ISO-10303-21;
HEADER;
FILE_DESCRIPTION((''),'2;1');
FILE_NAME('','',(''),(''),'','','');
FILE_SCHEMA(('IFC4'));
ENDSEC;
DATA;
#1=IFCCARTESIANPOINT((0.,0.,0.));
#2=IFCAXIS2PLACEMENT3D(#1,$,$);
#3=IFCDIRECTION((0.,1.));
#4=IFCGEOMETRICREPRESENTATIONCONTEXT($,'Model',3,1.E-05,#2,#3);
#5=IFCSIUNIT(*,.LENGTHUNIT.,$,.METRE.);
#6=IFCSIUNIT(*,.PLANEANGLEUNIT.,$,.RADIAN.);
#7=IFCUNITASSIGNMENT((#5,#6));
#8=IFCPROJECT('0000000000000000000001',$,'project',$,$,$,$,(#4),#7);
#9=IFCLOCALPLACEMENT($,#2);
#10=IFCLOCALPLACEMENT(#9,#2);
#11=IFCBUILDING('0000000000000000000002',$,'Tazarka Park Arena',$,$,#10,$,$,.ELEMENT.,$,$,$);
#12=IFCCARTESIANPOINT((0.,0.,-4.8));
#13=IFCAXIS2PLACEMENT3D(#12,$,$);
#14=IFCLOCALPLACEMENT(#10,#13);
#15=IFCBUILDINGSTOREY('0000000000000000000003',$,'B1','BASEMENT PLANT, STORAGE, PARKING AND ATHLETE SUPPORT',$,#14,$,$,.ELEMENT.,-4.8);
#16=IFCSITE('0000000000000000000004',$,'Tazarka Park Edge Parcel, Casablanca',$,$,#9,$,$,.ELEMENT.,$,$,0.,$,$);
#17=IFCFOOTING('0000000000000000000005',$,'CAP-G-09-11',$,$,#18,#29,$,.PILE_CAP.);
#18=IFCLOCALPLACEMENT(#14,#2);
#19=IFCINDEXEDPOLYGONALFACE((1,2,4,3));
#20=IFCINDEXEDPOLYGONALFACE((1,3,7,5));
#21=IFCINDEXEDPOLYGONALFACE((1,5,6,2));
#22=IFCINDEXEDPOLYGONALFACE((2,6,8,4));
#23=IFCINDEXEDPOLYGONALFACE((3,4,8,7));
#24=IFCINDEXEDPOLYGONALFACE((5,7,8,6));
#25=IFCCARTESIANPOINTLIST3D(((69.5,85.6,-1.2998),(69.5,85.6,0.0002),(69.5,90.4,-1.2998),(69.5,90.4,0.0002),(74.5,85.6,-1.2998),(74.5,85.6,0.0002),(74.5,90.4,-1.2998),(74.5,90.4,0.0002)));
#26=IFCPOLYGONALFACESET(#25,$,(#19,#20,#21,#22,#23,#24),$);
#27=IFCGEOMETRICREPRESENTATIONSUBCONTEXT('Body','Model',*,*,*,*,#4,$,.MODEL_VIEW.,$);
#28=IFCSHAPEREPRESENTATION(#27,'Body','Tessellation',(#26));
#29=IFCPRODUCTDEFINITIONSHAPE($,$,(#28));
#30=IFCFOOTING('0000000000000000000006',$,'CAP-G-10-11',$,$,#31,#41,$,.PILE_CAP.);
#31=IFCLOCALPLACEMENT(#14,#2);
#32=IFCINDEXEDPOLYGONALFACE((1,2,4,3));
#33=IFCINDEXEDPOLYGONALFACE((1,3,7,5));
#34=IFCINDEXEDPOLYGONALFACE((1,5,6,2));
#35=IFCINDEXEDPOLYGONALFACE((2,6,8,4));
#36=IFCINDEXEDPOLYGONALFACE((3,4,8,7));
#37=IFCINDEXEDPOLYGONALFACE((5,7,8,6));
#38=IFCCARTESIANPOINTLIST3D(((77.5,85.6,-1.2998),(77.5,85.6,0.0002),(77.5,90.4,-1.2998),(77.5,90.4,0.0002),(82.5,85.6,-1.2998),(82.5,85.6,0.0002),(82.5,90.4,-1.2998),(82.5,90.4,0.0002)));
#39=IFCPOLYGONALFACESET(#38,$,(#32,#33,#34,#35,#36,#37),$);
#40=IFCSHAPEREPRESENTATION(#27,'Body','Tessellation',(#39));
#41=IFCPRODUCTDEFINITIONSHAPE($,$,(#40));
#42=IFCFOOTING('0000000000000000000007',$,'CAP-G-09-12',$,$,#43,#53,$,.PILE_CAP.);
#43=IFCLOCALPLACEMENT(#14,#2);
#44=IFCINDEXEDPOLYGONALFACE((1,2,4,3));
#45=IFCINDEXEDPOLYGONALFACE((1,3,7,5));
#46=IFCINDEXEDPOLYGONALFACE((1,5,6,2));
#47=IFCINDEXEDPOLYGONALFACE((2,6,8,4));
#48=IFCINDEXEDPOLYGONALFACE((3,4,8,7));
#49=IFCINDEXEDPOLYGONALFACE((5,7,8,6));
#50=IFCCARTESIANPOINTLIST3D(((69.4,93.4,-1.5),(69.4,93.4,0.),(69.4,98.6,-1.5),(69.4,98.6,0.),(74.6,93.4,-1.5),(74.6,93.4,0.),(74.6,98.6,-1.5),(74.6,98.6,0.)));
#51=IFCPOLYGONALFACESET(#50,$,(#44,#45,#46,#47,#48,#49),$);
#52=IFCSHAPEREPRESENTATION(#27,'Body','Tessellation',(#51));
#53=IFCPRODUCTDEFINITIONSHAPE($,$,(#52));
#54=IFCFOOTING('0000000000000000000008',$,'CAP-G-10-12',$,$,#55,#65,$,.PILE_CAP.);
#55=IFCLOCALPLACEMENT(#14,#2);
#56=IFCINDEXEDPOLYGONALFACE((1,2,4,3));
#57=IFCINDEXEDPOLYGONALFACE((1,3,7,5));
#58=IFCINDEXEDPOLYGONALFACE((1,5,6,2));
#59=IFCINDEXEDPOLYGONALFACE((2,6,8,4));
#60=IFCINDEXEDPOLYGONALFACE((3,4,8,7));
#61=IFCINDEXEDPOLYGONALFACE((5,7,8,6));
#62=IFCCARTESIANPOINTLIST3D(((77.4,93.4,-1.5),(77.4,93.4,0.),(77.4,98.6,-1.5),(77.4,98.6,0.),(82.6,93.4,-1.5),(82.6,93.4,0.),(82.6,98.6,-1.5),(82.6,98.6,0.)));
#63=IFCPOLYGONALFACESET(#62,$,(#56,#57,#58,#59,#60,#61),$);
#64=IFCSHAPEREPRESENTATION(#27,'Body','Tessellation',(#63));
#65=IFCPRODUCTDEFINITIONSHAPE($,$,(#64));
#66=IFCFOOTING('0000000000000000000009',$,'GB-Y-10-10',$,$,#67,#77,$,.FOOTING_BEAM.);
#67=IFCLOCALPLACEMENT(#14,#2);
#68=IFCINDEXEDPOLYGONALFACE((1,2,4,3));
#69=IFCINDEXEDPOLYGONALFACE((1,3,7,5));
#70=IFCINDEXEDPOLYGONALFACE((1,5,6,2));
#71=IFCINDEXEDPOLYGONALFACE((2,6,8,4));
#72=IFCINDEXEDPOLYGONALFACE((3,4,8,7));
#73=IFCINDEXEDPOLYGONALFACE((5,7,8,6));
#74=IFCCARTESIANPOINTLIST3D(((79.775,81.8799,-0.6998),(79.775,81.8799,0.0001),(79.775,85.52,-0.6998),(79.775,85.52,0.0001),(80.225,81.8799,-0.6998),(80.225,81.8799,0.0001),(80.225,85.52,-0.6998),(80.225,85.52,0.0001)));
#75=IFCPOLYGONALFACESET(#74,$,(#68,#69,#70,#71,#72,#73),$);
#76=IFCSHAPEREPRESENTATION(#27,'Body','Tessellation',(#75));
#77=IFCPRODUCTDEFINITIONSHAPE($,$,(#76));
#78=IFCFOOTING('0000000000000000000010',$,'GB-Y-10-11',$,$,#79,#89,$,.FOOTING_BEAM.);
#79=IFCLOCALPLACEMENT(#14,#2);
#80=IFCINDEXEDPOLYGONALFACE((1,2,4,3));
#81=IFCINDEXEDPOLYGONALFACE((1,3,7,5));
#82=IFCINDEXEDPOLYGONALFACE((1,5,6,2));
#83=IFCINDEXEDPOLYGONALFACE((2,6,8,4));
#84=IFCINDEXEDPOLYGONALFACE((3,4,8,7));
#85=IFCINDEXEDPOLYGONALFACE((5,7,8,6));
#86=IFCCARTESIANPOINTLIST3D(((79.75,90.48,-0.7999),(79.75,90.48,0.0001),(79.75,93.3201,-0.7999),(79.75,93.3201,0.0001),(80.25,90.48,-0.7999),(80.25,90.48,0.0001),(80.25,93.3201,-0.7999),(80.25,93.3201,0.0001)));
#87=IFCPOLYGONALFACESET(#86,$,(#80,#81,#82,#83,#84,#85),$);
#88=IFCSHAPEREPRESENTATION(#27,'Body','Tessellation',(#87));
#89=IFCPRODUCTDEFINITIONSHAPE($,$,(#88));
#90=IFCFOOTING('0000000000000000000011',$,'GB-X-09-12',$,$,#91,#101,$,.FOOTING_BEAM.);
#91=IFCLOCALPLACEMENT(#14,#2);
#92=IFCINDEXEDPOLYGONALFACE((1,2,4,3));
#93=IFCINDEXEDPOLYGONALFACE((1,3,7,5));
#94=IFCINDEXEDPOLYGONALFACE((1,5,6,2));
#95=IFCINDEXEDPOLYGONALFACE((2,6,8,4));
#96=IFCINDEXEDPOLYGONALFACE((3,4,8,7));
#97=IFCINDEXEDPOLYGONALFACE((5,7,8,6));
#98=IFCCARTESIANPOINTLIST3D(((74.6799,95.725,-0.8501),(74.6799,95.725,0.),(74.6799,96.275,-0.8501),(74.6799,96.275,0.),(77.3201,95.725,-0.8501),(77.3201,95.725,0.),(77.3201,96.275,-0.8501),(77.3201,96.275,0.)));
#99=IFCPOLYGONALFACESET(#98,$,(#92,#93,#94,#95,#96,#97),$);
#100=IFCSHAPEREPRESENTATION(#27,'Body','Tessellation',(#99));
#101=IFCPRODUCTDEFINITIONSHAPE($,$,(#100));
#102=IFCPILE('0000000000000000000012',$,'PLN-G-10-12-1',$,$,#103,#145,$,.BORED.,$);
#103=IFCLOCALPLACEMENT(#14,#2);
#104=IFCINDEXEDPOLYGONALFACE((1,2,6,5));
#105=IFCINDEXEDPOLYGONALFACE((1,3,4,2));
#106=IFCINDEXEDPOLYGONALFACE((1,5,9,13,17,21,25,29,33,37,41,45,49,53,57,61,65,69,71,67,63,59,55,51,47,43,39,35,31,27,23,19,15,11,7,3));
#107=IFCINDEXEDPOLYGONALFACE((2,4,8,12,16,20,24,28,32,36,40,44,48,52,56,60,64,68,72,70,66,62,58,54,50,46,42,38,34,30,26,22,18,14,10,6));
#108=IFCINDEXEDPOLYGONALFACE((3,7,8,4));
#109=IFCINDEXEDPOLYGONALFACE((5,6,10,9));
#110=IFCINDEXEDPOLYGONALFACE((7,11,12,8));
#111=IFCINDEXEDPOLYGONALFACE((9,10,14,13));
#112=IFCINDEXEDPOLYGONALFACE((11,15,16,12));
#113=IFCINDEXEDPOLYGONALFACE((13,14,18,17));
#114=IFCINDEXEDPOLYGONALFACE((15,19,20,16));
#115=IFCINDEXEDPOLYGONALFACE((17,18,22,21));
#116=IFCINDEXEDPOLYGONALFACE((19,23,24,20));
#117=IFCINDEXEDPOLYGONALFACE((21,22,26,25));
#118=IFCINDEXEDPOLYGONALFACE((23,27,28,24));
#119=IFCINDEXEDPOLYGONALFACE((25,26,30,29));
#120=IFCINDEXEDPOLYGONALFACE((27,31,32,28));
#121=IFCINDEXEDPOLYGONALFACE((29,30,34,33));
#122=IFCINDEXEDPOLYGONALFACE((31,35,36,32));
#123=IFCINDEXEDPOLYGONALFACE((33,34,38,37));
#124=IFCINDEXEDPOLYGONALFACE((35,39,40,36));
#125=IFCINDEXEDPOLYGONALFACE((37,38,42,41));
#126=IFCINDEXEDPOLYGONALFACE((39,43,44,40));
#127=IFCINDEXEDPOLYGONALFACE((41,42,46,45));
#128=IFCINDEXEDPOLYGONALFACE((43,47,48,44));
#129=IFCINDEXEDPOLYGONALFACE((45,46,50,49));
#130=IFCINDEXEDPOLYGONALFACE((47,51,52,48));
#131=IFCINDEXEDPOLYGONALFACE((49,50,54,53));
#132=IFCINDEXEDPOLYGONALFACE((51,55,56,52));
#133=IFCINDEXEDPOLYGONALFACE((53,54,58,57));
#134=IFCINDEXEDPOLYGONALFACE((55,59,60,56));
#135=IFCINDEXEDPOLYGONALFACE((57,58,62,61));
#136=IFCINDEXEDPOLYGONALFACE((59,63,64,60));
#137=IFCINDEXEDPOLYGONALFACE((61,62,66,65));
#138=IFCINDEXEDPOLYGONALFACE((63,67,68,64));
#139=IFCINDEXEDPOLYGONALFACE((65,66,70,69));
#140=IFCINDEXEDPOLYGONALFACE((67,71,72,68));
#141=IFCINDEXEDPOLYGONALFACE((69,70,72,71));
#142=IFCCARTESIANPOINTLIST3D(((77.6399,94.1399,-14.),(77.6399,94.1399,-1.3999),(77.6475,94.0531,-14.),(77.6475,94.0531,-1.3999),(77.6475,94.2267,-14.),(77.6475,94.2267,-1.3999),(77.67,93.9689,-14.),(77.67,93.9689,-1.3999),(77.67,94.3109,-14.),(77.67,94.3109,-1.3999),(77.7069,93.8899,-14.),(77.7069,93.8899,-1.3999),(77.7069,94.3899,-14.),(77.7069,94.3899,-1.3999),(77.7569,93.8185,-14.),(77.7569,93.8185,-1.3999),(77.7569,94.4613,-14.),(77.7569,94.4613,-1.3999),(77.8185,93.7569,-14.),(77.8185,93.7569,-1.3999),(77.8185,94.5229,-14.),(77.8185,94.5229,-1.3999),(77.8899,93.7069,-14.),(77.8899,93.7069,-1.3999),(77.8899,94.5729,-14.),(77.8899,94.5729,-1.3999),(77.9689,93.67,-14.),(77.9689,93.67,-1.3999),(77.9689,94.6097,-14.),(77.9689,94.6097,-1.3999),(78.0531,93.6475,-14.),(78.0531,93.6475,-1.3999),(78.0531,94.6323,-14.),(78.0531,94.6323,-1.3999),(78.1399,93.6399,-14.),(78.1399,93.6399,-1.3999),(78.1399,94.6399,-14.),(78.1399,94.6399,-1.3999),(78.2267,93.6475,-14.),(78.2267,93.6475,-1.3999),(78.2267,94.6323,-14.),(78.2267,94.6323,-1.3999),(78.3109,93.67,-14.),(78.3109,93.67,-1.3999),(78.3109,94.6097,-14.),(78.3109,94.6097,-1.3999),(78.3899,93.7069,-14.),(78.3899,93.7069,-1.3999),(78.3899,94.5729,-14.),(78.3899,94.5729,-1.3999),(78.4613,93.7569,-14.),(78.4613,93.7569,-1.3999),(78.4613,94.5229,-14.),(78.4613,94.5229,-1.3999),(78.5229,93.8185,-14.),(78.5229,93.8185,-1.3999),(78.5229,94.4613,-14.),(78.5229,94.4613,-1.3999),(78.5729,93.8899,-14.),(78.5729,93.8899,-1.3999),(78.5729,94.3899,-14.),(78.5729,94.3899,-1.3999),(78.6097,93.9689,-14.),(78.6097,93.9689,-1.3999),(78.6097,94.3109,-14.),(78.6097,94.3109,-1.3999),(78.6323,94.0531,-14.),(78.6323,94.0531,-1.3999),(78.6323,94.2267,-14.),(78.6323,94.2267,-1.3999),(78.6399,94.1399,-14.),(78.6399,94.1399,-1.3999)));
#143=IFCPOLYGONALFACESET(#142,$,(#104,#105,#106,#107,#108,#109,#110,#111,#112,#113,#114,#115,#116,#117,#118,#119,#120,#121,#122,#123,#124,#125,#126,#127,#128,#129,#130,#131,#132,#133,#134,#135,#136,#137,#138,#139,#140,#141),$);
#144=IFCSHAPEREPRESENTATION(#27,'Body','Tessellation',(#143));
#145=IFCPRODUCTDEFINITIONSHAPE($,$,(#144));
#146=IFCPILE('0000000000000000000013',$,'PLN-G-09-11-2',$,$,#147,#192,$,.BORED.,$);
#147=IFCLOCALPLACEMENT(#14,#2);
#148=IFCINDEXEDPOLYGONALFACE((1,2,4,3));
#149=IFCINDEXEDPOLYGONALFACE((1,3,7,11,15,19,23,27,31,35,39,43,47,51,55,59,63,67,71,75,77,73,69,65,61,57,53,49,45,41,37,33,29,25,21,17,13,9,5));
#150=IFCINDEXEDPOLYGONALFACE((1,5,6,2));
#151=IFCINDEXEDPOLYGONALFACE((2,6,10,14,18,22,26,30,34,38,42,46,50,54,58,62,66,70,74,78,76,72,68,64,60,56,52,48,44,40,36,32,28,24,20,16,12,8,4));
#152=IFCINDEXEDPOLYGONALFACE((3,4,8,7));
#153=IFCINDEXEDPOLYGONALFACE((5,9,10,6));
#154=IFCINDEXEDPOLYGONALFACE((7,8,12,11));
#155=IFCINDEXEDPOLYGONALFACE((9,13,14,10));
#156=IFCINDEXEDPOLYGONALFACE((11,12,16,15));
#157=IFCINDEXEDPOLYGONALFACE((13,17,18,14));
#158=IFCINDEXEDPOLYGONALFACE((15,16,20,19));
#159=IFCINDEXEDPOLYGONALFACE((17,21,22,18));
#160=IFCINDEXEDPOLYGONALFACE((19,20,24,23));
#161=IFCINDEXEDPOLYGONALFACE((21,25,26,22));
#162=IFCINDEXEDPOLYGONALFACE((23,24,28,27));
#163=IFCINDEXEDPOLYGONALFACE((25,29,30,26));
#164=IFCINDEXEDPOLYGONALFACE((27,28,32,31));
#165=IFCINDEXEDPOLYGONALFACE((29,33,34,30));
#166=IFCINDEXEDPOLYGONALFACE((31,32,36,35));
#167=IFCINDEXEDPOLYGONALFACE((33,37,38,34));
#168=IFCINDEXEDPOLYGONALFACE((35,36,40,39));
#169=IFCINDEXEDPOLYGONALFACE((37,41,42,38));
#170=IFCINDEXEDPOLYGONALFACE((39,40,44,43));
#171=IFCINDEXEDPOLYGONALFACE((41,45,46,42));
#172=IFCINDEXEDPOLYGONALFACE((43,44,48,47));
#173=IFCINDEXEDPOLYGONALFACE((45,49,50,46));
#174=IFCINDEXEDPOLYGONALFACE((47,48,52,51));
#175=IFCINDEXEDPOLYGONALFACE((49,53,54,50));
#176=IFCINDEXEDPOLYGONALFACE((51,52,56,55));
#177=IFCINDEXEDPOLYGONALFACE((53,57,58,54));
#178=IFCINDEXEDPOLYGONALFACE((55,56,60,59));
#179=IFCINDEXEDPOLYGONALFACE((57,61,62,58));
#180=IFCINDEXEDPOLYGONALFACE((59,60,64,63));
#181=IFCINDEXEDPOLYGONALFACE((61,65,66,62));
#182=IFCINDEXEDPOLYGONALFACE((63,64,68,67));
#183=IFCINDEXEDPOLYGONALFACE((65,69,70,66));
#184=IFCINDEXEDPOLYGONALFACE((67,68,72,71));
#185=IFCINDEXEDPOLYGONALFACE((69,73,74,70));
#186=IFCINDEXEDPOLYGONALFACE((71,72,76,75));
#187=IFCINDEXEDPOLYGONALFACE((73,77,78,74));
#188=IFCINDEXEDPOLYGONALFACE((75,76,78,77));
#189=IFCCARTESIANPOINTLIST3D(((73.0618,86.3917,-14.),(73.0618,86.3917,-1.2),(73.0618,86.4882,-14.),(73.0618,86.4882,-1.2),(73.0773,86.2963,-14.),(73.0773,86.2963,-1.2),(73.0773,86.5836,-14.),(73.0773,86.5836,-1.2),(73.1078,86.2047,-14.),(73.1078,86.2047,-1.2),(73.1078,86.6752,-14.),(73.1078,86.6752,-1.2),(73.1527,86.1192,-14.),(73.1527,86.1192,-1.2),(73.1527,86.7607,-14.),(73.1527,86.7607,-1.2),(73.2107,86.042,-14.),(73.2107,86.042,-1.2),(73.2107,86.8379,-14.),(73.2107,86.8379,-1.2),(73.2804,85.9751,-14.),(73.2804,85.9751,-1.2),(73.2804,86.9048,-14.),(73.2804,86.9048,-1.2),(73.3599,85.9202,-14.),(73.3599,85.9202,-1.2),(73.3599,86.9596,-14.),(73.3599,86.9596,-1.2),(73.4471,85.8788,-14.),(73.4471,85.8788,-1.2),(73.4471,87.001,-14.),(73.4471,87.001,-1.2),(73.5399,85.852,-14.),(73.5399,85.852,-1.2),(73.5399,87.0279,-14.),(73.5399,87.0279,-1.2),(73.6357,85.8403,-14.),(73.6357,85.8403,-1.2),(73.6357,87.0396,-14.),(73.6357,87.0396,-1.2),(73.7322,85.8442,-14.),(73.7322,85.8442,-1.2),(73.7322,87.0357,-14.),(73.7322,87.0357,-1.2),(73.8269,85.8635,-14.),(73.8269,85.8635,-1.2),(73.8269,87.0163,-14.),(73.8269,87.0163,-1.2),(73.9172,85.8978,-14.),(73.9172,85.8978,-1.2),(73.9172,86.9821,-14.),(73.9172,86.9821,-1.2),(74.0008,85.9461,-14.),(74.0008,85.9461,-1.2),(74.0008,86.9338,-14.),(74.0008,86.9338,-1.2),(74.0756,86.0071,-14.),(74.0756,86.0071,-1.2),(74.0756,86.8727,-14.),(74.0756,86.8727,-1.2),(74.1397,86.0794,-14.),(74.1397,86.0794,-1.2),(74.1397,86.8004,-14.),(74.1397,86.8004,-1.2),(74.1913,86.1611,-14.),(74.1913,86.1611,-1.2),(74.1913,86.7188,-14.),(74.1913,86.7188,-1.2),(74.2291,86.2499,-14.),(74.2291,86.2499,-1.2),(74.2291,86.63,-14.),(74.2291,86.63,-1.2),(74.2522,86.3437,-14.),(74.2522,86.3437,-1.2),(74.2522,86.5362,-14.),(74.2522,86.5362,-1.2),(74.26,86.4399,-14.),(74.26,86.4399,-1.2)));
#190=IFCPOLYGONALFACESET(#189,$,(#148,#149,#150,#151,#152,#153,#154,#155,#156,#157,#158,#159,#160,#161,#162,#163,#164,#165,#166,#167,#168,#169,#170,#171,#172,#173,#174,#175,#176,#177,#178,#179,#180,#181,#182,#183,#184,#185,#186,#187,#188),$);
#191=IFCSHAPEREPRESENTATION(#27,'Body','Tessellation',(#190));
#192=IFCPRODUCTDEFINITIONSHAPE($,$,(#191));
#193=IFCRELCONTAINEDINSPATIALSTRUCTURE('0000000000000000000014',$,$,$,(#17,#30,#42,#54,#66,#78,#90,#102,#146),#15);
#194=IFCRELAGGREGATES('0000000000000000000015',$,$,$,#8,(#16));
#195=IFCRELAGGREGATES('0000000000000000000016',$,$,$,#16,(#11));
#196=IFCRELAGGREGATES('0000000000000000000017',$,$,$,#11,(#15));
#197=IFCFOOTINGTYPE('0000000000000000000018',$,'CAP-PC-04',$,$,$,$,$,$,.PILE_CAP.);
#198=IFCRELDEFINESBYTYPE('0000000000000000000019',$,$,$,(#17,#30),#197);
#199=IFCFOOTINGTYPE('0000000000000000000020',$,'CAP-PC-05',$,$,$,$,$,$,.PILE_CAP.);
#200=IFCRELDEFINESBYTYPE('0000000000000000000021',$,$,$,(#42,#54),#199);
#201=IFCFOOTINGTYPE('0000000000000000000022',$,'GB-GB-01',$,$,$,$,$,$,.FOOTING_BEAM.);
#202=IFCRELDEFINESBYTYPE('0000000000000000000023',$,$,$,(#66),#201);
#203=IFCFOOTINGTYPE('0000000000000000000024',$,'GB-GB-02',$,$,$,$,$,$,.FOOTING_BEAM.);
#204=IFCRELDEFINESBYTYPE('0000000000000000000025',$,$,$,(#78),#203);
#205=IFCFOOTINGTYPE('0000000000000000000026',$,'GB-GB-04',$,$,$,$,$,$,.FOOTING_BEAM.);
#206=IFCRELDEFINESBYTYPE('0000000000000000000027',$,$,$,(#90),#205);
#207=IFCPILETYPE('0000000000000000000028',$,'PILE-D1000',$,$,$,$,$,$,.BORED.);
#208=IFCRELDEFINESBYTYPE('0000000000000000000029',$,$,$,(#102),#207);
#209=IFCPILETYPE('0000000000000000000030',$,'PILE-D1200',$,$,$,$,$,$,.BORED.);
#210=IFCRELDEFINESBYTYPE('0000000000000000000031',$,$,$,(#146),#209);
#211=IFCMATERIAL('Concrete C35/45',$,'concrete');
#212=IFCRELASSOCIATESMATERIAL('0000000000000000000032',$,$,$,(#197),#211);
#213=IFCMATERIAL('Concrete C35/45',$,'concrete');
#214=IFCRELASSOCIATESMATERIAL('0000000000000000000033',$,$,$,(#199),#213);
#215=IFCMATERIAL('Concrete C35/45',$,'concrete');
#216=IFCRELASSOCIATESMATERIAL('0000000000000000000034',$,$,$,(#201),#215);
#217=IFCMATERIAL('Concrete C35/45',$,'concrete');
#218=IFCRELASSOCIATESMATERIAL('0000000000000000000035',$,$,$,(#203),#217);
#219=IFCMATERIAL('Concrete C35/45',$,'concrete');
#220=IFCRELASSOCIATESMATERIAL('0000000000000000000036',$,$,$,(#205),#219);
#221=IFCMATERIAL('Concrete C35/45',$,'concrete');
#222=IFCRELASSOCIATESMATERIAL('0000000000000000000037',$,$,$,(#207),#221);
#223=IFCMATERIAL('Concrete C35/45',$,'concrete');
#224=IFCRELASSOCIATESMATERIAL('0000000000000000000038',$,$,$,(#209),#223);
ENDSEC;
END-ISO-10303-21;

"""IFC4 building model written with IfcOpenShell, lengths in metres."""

from ifc_helpers import new_model, si_unit, direction, frame, origin, origin_2d, place, context, subcontext, project, spatial, rectangle, circle, extrude, material, material_profile, profile_set, type_object, element, save


model = new_model("IFC4")

# Units and contexts
model_context = context("Model", 3, precision=1e-05, world=origin(), true_north=direction((0.0, 1.0)))
body_context = subcontext(model_context, "Body", "Model", "MODEL_VIEW")
ifc_project = project(units=[si_unit("LENGTHUNIT", "METRE"), si_unit("PLANEANGLEUNIT", "RADIAN")], contexts=[model_context])

# Site, building, storey
site_placement = place(None, origin())
site = spatial("IfcSite", under=ifc_project, at=site_placement, Name="Tazarka Park Edge Parcel, Casablanca", CompositionType="ELEMENT", RefElevation=0.0)
building_placement = place(site_placement, origin())
building = spatial("IfcBuilding", under=site, at=building_placement, Name="Tazarka Park Arena", CompositionType="ELEMENT")
storey_placement = place(building_placement, frame((0.0, 0.0, -4.8)))
storey = spatial("IfcBuildingStorey", under=building, at=storey_placement, Name="B1", Description="BASEMENT PLANT, STORAGE, PARKING AND ATHLETE SUPPORT", CompositionType="ELEMENT", Elevation=-4.8)

# Footings
ifc_material_1 = material(Name="Concrete C35/45", Category="concrete")
footing_type_1 = type_object("IfcFootingType", Name="CAP-PC-04", PredefinedType="PILE_CAP", material=ifc_material_1)
for number, where, z_axis, x_axis, name in (
    (1, (72.0, 88.0, -1.2998), (0.0, 0.0, 1.0), (1.0, 0.0, 0.0), "CAP-G-09-11"),
    (2, (80.0, 88.0, -1.2998), (0.0, 0.0, 1.0), (1.0, 0.0, 0.0), "CAP-G-10-11"),
):
    element("IfcFooting", number, at=place(storey_placement, frame(where, z_axis=z_axis, x_axis=x_axis)), inside=storey, type_object=footing_type_1, Name=name, PredefinedType="PILE_CAP", context=body_context, shape_type="SweptSolid", body=[
        extrude(rectangle(XDim=5.0, YDim=4.8, at=origin_2d()), origin(), (0.0, 0.0, 1.0), 1.3),
    ])
ifc_material_2 = material(Name="Concrete C35/45", Category="concrete")
footing_type_2 = type_object("IfcFootingType", Name="CAP-PC-05", PredefinedType="PILE_CAP", material=ifc_material_2)
for number, where, z_axis, x_axis, name in (
    (3, (72.0, 96.0, -1.5), (0.0, 0.0, 1.0), (1.0, 0.0, 0.0), "CAP-G-09-12"),
    (4, (80.0, 96.0, -1.5), (0.0, 0.0, 1.0), (1.0, 0.0, 0.0), "CAP-G-10-12"),
):
    element("IfcFooting", number, at=place(storey_placement, frame(where, z_axis=z_axis, x_axis=x_axis)), inside=storey, type_object=footing_type_2, Name=name, PredefinedType="PILE_CAP", context=body_context, shape_type="SweptSolid", body=[
        extrude(rectangle(XDim=5.2, YDim=5.2, at=origin_2d()), origin(), (0.0, 0.0, 1.0), 1.5),
    ])
ifc_material_3 = material(Name="Concrete C35/45", Category="concrete")
ifc_material_profile_1 = material_profile(ifc_material_3, rectangle(XDim=0.45, YDim=0.7, at=origin_2d()), Name="Concrete C35/45")
ifc_profile_set_1 = profile_set([ifc_material_profile_1], Name="Concrete C35/45")
footing_type_3 = type_object("IfcFootingType", Name="GB-GB-01", PredefinedType="FOOTING_BEAM", material=ifc_profile_set_1)
footing_1_placement = place(storey_placement, frame((80.0, 81.8799, -0.3499), z_axis=(0.0, 1.0, 0.0), x_axis=(-1.0, 0.0, 0.0)))
element("IfcFooting", 5, at=footing_1_placement, inside=storey, type_object=footing_type_3, Name="GB-Y-10-10", PredefinedType="FOOTING_BEAM", context=body_context, shape_type="SweptSolid", body=[
    extrude(rectangle(XDim=0.45, YDim=0.7, at=origin_2d()), origin(), (0.0, 0.0, 1.0), 3.6401),
])
ifc_material_4 = material(Name="Concrete C35/45", Category="concrete")
ifc_material_profile_2 = material_profile(ifc_material_4, rectangle(XDim=0.5, YDim=0.8, at=origin_2d()), Name="Concrete C35/45")
ifc_profile_set_2 = profile_set([ifc_material_profile_2], Name="Concrete C35/45")
footing_type_4 = type_object("IfcFootingType", Name="GB-GB-02", PredefinedType="FOOTING_BEAM", material=ifc_profile_set_2)
footing_2_placement = place(storey_placement, frame((80.0, 90.48, -0.3999), z_axis=(0.0, 1.0, 0.0), x_axis=(-1.0, 0.0, 0.0)))
element("IfcFooting", 6, at=footing_2_placement, inside=storey, type_object=footing_type_4, Name="GB-Y-10-11", PredefinedType="FOOTING_BEAM", context=body_context, shape_type="SweptSolid", body=[
    extrude(rectangle(XDim=0.5, YDim=0.8, at=origin_2d()), origin(), (0.0, 0.0, 1.0), 2.8401),
])
ifc_material_5 = material(Name="Concrete C35/45", Category="concrete")
ifc_material_profile_3 = material_profile(ifc_material_5, rectangle(XDim=0.55, YDim=0.8501, at=origin_2d()), Name="Concrete C35/45")
ifc_profile_set_3 = profile_set([ifc_material_profile_3], Name="Concrete C35/45")
footing_type_5 = type_object("IfcFootingType", Name="GB-GB-04", PredefinedType="FOOTING_BEAM", material=ifc_profile_set_3)
footing_3_placement = place(storey_placement, frame((74.6799, 96.0, -0.425), z_axis=(1.0, 0.0, 0.0), x_axis=(0.0, 1.0, 0.0)))
element("IfcFooting", 7, at=footing_3_placement, inside=storey, type_object=footing_type_5, Name="GB-X-09-12", PredefinedType="FOOTING_BEAM", context=body_context, shape_type="SweptSolid", body=[
    extrude(rectangle(XDim=0.55, YDim=0.8501, at=origin_2d()), origin(), (0.0, 0.0, 1.0), 2.6401),
])

# Piles
ifc_material_6 = material(Name="Concrete C35/45", Category="concrete")
ifc_material_profile_4 = material_profile(ifc_material_6, circle(Radius=0.5, at=origin_2d()), Name="Concrete C35/45")
ifc_profile_set_4 = profile_set([ifc_material_profile_4], Name="Concrete C35/45")
pile_type_1 = type_object("IfcPileType", Name="PILE-D1000", PredefinedType="BORED", material=ifc_profile_set_4)
pile_1_placement = place(storey_placement, frame((78.1399, 94.1399, -1.3999), z_axis=(0.0, 0.0, -1.0), x_axis=(1.0, 0.0, 0.0)))
element("IfcPile", 8, at=pile_1_placement, inside=storey, type_object=pile_type_1, Name="PLN-G-10-12-1", PredefinedType="BORED", context=body_context, shape_type="SweptSolid", body=[
    extrude(circle(Radius=0.5, at=origin_2d()), origin(), (0.0, 0.0, 1.0), 12.6001),
])
ifc_material_7 = material(Name="Concrete C35/45", Category="concrete")
ifc_material_profile_5 = material_profile(ifc_material_7, circle(Radius=0.6001, at=origin_2d()), Name="Concrete C35/45")
ifc_profile_set_5 = profile_set([ifc_material_profile_5], Name="Concrete C35/45")
pile_type_2 = type_object("IfcPileType", Name="PILE-D1200", PredefinedType="BORED", material=ifc_profile_set_5)
for number, where, z_axis, x_axis, name in (
    (9, (73.6599, 86.4399, -1.2), (0.0, 0.0, -1.0), (1.0, 0.0, 0.0), "PLN-G-09-11-2"),
):
    element("IfcPile", number, at=place(storey_placement, frame(where, z_axis=z_axis, x_axis=x_axis)), inside=storey, type_object=pile_type_2, Name=name, PredefinedType="BORED", context=body_context, shape_type="SweptSolid", body=[
        extrude(circle(Radius=0.6001, at=origin_2d()), origin(), (0.0, 0.0, 1.0), 12.8),
    ])

save(model, "model.ifc")
